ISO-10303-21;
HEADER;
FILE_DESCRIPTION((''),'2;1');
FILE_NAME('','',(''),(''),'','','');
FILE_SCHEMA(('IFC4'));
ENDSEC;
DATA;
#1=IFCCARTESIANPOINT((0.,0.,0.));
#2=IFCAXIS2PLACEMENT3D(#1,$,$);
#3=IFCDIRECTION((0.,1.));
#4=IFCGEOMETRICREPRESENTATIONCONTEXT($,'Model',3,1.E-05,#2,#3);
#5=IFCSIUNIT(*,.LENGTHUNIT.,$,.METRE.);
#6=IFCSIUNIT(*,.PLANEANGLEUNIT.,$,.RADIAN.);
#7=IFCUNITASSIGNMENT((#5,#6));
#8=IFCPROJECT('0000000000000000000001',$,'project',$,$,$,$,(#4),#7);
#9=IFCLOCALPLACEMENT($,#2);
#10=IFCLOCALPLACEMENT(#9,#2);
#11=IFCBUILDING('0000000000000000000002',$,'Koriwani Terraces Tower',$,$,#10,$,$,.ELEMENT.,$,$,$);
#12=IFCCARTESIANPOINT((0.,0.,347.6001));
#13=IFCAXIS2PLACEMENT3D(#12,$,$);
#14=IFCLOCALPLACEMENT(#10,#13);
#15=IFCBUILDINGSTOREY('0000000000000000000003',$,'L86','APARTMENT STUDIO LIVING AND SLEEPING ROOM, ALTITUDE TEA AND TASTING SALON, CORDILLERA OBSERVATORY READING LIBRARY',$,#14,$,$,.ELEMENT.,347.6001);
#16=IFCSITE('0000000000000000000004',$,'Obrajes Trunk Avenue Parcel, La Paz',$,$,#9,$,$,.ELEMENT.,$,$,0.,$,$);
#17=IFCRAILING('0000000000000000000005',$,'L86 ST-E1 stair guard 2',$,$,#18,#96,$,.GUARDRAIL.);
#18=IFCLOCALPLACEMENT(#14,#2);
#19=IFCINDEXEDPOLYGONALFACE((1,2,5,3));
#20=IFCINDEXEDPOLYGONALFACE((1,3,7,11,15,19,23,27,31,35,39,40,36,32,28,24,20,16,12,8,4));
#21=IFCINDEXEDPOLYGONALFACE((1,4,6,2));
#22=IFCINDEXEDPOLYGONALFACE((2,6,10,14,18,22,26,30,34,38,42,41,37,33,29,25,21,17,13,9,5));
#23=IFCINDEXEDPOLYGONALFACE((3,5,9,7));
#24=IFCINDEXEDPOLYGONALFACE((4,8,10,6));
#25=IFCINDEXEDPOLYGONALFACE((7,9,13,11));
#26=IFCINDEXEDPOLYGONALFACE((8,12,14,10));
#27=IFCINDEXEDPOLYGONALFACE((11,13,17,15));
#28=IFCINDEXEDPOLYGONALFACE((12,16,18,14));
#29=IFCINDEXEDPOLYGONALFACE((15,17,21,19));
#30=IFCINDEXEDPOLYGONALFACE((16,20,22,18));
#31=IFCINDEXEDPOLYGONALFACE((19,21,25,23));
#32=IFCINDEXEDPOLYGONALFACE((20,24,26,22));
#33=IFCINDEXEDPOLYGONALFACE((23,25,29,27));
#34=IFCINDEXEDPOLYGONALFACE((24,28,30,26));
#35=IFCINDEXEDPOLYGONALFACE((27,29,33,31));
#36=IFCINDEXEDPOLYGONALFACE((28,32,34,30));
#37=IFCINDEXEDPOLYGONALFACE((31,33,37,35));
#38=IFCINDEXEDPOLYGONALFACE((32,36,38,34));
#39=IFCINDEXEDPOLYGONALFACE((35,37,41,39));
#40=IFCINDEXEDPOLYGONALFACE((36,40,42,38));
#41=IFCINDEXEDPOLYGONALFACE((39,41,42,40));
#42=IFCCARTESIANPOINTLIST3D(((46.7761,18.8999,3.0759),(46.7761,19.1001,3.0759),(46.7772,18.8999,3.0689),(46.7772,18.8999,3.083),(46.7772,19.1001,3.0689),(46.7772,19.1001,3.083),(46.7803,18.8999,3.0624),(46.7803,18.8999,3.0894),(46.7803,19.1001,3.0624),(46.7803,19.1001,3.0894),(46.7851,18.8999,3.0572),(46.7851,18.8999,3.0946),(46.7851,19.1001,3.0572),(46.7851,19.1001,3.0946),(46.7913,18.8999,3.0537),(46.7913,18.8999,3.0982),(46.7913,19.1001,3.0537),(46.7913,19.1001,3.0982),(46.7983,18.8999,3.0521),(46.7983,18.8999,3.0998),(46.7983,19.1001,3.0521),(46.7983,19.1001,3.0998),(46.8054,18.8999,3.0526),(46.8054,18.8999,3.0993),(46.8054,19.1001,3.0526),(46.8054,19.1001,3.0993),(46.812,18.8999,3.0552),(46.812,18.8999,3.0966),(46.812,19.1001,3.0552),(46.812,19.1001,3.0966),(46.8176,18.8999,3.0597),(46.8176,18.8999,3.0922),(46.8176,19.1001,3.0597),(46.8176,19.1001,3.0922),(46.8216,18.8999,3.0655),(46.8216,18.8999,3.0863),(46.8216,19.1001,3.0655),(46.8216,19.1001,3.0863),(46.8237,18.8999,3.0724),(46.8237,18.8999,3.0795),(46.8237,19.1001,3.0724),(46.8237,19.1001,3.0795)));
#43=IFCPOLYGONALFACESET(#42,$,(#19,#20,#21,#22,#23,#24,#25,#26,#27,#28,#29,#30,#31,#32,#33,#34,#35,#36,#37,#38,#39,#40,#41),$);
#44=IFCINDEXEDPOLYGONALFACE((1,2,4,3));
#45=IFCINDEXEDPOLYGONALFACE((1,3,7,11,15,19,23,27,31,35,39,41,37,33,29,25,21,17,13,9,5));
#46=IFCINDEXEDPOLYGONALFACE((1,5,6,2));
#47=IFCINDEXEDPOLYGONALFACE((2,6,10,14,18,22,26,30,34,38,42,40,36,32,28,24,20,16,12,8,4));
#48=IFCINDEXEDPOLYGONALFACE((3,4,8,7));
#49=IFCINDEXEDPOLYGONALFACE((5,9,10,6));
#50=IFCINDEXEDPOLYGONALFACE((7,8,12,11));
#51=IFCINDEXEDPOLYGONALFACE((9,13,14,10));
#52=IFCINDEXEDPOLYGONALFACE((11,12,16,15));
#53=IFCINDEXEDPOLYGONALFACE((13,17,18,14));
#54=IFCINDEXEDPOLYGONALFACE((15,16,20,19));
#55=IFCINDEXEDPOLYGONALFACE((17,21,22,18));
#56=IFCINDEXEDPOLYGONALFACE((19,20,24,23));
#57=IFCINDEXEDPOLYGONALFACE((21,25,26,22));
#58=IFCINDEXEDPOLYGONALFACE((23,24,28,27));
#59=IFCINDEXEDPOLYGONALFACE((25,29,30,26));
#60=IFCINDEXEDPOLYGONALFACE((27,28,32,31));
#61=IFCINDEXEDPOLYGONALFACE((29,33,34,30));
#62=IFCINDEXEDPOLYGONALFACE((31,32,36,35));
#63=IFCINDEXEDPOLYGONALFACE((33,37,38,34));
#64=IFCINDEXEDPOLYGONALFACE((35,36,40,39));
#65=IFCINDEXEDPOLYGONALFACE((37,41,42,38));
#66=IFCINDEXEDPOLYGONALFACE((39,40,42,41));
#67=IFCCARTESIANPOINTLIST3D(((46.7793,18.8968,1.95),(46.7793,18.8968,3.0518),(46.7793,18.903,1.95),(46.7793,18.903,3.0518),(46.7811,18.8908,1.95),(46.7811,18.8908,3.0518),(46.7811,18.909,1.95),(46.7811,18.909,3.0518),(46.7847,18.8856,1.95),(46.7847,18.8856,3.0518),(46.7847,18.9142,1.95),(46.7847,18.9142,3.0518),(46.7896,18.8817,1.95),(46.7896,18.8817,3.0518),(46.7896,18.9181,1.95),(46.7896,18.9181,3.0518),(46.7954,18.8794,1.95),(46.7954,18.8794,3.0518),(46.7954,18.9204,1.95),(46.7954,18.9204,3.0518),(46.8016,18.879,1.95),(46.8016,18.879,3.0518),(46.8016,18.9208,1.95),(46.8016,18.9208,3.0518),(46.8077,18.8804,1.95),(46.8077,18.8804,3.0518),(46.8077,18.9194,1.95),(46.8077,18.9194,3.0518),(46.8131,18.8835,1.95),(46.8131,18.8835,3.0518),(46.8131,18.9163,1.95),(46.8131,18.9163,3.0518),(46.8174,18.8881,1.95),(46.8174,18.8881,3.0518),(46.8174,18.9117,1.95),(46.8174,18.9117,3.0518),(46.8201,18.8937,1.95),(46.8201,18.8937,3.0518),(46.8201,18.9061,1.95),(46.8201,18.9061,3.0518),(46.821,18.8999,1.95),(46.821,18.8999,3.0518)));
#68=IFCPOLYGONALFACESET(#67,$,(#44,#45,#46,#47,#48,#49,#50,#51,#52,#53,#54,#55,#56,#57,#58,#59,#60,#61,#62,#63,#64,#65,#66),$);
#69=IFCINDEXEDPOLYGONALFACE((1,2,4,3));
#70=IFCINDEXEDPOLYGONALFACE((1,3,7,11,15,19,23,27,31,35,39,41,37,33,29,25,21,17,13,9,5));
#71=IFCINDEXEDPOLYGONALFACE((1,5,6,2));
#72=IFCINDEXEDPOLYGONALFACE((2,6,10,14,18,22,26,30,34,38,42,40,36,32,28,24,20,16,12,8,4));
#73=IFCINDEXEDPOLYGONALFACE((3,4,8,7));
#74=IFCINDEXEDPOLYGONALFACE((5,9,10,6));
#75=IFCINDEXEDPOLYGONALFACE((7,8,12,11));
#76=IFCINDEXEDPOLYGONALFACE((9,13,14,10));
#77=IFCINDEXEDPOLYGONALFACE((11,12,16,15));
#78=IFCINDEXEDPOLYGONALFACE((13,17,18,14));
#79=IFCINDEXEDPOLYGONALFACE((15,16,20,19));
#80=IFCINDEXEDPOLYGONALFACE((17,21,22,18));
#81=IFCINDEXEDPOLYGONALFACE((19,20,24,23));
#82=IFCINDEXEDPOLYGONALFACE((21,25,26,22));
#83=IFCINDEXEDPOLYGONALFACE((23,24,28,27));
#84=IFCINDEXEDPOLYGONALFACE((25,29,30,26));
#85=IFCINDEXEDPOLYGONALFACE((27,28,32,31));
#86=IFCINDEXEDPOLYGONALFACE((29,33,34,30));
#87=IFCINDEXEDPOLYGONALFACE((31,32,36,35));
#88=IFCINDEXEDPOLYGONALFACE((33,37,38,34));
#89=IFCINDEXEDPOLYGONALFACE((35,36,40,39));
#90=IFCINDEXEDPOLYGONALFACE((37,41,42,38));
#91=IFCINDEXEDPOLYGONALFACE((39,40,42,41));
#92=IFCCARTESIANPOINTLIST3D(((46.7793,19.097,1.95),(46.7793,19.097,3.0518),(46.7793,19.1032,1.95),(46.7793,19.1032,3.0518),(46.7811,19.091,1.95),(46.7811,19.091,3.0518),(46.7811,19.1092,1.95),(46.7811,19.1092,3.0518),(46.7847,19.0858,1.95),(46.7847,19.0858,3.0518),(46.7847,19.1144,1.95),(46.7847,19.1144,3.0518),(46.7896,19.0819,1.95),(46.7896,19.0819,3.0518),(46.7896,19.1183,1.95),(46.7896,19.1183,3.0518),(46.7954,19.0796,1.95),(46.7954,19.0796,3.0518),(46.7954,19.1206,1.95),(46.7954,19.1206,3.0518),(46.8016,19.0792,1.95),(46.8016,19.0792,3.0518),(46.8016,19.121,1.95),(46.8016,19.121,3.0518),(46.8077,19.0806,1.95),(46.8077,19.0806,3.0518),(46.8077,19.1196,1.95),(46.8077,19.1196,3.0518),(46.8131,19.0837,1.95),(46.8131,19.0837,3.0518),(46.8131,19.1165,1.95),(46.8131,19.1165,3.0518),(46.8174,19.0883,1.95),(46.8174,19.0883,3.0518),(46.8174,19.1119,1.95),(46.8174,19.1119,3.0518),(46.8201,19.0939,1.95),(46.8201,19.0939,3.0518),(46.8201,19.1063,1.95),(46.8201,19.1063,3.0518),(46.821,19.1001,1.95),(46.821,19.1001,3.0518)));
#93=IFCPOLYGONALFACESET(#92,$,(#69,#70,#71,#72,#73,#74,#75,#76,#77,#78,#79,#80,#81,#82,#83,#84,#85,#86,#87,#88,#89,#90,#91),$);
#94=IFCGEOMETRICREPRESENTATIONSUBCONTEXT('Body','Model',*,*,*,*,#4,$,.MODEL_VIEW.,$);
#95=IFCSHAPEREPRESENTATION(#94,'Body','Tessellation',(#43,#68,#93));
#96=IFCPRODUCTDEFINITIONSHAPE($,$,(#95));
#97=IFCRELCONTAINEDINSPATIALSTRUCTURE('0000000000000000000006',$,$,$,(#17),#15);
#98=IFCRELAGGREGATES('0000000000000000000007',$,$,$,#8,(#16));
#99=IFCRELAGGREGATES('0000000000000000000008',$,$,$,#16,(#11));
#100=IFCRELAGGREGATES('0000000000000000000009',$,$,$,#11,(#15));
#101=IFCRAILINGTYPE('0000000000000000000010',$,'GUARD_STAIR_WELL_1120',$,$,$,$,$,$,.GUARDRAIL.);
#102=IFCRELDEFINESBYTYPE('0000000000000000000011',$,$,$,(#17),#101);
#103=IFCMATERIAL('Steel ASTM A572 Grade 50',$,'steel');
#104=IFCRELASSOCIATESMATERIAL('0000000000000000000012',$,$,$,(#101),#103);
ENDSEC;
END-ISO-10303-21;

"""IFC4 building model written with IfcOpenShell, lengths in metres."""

from ifc_helpers import new_model, si_unit, direction, frame, origin, origin_2d, place, context, subcontext, project, spatial, circle, extrude, material, type_object, element, save


model = new_model("IFC4")

# Units and contexts
model_context = context("Model", 3, precision=1e-05, world=origin(), true_north=direction((0.0, 1.0)))
body_context = subcontext(model_context, "Body", "Model", "MODEL_VIEW")
ifc_project = project(units=[si_unit("LENGTHUNIT", "METRE"), si_unit("PLANEANGLEUNIT", "RADIAN")], contexts=[model_context])

# Site, building, storey
site_placement = place(None, origin())
site = spatial("IfcSite", under=ifc_project, at=site_placement, Name="Obrajes Trunk Avenue Parcel, La Paz", CompositionType="ELEMENT", RefElevation=0.0)
building_placement = place(site_placement, origin())
building = spatial("IfcBuilding", under=site, at=building_placement, Name="Koriwani Terraces Tower", CompositionType="ELEMENT")
storey_placement = place(building_placement, frame((0.0, 0.0, 347.6001)))
storey = spatial("IfcBuildingStorey", under=building, at=storey_placement, Name="L86", Description="APARTMENT STUDIO LIVING AND SLEEPING ROOM, ALTITUDE TEA AND TASTING SALON, CORDILLERA OBSERVATORY READING LIBRARY", CompositionType="ELEMENT", Elevation=347.6001)

# Shared definitions
ifc_material_1 = material(Name="Steel ASTM A572 Grade 50", Category="steel")

# Railing
railing_type_1 = type_object("IfcRailingType", Name="GUARD_STAIR_WELL_1120", PredefinedType="GUARDRAIL", material=ifc_material_1)
railing_1_placement = place(storey_placement, frame((46.8, 18.8999, 1.95)))
element("IfcRailing", 1, at=railing_1_placement, inside=storey, type_object=railing_type_1, Name="L86 ST-E1 stair guard 2", PredefinedType="GUARDRAIL", context=body_context, shape_type="SweptSolid", body=[
    extrude(circle(Radius=0.0239, at=origin_2d()), frame((0.0, 0.0, 1.126), z_axis=(0.0, 1.0, 0.0), x_axis=(-1.0, 0.0, 0.0)), (0.0, 0.0, 1.0), 0.2002),
    extrude(circle(Radius=0.021, at=origin_2d()), origin(), (0.0, 0.0, 1.0), 1.1018),
    extrude(circle(Radius=0.021, at=origin_2d()), frame((0.0, 0.2002, 0.0)), (0.0, 0.0, 1.0), 1.1018),
])

save(model, "model.ifc")
